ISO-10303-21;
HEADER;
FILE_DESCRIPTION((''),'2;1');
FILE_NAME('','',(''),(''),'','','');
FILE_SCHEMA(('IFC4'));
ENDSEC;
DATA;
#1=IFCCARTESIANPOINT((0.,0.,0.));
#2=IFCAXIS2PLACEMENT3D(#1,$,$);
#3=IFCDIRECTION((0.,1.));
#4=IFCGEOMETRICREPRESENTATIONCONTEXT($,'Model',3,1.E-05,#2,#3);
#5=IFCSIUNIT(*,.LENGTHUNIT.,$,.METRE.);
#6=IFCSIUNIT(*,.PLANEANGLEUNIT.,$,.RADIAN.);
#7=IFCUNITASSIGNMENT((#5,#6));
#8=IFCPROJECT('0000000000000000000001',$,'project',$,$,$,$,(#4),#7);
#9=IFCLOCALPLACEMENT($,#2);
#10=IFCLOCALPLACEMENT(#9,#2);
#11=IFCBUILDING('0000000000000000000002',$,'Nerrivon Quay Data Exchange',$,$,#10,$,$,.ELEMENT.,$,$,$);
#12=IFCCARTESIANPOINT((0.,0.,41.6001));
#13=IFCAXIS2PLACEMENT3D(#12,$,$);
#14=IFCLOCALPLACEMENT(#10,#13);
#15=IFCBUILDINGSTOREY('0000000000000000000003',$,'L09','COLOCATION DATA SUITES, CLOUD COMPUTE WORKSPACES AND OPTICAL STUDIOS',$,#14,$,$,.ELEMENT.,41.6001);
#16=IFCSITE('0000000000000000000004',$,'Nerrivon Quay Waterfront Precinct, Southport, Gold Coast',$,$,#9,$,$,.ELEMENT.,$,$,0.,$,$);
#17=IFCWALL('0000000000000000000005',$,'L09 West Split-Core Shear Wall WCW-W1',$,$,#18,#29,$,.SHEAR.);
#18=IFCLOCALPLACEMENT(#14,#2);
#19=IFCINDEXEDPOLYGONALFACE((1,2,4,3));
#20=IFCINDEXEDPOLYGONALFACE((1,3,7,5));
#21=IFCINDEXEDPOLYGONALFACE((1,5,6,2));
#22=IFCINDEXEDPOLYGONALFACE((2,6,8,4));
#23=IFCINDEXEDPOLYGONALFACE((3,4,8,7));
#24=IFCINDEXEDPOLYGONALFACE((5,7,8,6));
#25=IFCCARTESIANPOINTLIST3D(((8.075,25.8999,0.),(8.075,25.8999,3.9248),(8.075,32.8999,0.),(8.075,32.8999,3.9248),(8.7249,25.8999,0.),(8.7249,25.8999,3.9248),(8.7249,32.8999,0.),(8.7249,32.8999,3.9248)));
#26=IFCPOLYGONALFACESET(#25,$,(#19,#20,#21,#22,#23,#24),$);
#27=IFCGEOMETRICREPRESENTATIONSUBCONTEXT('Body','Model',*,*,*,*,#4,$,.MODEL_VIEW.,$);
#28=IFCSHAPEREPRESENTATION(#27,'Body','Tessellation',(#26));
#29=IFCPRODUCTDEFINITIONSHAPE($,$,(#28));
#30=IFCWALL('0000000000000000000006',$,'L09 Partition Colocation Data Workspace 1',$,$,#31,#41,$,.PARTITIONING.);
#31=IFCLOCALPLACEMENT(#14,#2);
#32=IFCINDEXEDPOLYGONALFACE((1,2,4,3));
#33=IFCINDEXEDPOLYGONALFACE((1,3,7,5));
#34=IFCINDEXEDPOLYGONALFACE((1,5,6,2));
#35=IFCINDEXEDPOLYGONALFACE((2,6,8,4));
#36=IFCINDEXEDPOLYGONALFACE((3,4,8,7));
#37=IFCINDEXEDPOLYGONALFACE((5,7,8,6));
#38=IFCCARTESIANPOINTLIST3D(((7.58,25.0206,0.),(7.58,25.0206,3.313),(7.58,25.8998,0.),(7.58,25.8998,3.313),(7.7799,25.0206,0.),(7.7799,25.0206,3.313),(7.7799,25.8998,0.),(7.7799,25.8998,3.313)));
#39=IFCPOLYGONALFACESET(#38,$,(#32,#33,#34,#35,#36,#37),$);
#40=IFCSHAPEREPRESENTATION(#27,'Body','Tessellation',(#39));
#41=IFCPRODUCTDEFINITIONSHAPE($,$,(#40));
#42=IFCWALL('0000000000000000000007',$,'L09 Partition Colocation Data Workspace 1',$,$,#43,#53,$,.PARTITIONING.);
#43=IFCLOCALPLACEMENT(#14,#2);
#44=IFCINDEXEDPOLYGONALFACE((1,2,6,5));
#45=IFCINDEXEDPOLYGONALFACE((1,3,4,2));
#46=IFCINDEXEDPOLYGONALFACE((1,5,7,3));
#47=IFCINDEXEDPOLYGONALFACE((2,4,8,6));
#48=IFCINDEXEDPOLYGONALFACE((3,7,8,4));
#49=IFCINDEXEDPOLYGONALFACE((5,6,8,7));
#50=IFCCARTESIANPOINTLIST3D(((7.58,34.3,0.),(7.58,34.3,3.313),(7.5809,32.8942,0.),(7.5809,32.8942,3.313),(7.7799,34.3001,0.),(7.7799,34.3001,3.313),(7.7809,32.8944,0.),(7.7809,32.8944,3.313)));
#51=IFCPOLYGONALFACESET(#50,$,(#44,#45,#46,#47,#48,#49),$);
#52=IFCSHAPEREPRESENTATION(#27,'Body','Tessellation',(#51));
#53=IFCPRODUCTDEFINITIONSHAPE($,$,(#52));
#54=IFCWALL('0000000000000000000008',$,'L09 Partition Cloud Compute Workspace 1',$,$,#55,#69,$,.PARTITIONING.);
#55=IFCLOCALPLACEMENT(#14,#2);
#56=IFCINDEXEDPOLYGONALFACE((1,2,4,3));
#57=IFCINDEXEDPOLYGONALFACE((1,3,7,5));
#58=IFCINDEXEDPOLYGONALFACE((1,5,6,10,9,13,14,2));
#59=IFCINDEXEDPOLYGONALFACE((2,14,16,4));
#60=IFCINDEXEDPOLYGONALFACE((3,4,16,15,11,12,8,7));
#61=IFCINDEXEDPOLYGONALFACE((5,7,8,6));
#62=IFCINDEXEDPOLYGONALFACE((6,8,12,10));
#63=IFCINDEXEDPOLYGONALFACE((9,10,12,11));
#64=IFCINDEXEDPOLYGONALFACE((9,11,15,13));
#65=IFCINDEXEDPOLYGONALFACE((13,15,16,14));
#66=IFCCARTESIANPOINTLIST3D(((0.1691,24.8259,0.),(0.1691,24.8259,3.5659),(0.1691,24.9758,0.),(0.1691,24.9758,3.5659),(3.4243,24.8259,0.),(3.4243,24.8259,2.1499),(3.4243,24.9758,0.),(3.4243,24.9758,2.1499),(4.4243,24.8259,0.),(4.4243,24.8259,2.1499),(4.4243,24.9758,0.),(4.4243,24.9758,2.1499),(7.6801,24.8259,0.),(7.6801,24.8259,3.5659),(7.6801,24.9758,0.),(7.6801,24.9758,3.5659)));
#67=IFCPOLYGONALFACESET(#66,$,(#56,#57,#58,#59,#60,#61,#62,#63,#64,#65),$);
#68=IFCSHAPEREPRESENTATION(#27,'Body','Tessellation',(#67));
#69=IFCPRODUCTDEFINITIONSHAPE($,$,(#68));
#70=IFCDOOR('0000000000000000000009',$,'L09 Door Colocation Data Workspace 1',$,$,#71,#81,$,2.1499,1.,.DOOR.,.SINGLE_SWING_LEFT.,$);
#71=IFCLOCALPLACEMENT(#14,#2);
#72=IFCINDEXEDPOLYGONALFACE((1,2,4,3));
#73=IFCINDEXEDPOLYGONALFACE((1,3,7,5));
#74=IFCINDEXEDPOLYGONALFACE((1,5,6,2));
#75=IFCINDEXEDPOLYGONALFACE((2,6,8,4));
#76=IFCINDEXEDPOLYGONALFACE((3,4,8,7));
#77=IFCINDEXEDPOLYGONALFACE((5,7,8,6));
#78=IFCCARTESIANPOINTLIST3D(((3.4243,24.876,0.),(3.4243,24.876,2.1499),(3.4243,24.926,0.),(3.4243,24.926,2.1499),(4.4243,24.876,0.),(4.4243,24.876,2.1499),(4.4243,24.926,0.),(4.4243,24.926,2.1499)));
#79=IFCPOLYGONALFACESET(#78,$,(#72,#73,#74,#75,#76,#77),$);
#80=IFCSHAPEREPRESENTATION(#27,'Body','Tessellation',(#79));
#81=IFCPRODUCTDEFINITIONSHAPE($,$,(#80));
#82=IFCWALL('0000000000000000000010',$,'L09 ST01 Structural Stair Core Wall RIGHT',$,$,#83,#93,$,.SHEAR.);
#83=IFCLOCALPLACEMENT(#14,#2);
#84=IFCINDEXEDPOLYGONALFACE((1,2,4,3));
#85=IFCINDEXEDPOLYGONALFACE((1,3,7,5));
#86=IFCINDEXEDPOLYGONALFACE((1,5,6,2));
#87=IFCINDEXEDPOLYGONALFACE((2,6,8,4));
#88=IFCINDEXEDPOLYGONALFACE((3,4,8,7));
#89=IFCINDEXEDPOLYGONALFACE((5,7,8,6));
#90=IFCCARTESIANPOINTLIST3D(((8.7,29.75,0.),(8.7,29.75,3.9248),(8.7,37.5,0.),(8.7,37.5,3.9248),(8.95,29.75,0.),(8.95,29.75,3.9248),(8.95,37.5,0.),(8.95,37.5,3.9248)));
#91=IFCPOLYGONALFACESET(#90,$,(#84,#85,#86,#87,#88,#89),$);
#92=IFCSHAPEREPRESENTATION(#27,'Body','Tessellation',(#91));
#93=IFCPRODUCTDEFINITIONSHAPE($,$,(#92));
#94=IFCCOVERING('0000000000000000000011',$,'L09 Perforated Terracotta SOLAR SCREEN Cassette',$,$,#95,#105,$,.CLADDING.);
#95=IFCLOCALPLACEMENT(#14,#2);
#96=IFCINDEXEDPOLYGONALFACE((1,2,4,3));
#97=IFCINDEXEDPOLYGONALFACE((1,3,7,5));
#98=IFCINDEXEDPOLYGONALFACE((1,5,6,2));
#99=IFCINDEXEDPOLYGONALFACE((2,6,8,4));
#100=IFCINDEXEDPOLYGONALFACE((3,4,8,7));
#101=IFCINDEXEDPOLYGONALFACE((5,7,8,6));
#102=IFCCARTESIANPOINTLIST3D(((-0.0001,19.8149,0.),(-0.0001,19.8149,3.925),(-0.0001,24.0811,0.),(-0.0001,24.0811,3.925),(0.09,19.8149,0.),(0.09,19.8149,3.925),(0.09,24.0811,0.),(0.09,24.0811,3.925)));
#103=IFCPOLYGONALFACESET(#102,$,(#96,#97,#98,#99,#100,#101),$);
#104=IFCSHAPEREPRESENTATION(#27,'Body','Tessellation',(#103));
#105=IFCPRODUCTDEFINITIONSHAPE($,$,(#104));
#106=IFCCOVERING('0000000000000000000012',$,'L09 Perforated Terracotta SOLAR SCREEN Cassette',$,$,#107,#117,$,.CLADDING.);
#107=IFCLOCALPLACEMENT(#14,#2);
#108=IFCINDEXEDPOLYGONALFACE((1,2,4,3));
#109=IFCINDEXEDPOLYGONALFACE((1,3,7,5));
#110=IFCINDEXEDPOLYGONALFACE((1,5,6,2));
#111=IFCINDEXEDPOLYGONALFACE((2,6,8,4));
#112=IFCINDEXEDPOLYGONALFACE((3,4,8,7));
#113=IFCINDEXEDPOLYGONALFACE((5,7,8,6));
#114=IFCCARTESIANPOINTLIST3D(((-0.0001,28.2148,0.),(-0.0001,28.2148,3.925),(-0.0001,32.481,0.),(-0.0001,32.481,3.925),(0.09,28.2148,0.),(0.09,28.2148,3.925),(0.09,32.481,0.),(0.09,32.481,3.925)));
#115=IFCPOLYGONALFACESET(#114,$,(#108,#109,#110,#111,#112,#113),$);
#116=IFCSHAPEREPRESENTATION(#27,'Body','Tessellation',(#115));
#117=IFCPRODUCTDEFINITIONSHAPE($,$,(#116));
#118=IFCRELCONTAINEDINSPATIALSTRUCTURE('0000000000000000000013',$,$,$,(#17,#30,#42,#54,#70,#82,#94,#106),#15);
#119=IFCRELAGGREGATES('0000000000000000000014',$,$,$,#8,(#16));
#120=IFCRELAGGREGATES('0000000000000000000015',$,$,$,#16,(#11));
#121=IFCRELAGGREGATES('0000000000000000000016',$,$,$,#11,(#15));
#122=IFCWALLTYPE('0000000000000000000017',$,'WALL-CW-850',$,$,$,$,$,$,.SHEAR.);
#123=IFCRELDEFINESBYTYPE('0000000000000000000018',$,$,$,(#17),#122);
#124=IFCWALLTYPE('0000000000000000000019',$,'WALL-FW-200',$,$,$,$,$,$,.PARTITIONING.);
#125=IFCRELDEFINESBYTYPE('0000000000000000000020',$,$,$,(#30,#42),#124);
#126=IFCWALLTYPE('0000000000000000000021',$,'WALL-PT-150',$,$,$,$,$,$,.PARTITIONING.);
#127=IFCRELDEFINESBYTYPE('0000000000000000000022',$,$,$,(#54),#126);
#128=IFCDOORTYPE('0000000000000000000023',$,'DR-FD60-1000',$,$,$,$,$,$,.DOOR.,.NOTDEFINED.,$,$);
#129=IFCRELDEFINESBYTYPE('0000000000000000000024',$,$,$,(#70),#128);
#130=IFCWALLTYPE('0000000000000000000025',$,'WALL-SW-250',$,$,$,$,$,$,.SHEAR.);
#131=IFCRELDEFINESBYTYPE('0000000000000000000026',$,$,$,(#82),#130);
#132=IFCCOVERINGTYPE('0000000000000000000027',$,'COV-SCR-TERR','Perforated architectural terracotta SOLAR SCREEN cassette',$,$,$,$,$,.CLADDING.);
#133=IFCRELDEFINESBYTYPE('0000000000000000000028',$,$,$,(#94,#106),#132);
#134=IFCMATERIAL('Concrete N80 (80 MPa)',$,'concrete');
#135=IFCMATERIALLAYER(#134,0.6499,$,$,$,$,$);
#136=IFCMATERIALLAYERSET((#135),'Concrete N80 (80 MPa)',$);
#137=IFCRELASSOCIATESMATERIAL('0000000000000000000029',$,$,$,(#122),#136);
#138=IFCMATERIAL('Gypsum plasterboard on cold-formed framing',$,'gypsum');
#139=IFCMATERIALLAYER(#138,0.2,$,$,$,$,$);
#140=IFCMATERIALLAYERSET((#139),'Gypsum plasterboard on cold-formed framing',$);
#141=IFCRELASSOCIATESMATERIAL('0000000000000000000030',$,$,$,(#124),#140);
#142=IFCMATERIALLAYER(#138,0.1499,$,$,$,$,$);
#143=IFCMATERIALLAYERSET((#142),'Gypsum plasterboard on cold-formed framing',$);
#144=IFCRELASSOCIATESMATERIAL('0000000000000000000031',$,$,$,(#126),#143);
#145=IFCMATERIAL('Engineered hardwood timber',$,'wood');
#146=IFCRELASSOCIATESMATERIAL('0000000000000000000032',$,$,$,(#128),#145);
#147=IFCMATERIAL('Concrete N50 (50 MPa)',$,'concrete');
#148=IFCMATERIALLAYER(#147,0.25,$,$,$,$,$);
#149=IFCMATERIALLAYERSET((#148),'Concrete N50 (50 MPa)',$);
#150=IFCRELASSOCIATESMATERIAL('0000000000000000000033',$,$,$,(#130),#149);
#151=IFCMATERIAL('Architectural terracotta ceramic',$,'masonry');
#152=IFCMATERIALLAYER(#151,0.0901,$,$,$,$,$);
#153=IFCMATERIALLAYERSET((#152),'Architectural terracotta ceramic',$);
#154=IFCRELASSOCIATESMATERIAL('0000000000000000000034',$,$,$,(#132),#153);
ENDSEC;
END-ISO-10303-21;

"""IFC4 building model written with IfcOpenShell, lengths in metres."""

from ifc_helpers import new_model, si_unit, direction, frame, frame_2d, origin, origin_2d, place, context, subcontext, project, spatial, rectangle, extrude, material, layer, layer_set, type_object, element, fill, save


model = new_model("IFC4")

# Units and contexts
model_context = context("Model", 3, precision=1e-05, world=origin(), true_north=direction((0.0, 1.0)))
body_context = subcontext(model_context, "Body", "Model", "MODEL_VIEW")
ifc_project = project(units=[si_unit("LENGTHUNIT", "METRE"), si_unit("PLANEANGLEUNIT", "RADIAN")], contexts=[model_context])

# Site, building, storey
site_placement = place(None, origin())
site = spatial("IfcSite", under=ifc_project, at=site_placement, Name="Nerrivon Quay Waterfront Precinct, Southport, Gold Coast", CompositionType="ELEMENT", RefElevation=0.0)
building_placement = place(site_placement, origin())
building = spatial("IfcBuilding", under=site, at=building_placement, Name="Nerrivon Quay Data Exchange", CompositionType="ELEMENT")
storey_placement = place(building_placement, frame((0.0, 0.0, 41.6001)))
storey = spatial("IfcBuildingStorey", under=building, at=storey_placement, Name="L09", Description="COLOCATION DATA SUITES, CLOUD COMPUTE WORKSPACES AND OPTICAL STUDIOS", CompositionType="ELEMENT", Elevation=41.6001)

# Shared definitions
ifc_material_1 = material(Name="Concrete N80 (80 MPa)", Category="concrete")

# Walls
ifc_layer_1 = layer(ifc_material_1, 0.6499)
ifc_layer_set_1 = layer_set([ifc_layer_1], Name="Concrete N80 (80 MPa)")
wall_type_1 = type_object("IfcWallType", Name="WALL-CW-850", PredefinedType="SHEAR", material=ifc_layer_set_1)
wall_1_placement = place(storey_placement, frame((8.3999, 25.8999, 0.0), z_axis=(0.0, 0.0, 1.0), x_axis=(0.0, 1.0, 0.0)))
element("IfcWall", 1, at=wall_1_placement, inside=storey, type_object=wall_type_1, Name="L09 West Split-Core Shear Wall WCW-W1", PredefinedType="SHEAR", context=body_context, shape_type="SweptSolid", body=[
    extrude(rectangle(XDim=7.0, YDim=0.6499, at=frame_2d((3.5, 0.0))), origin(), (0.0, 0.0, 1.0), 3.9248),
])
ifc_material_2 = material(Name="Gypsum plasterboard on cold-formed framing", Category="gypsum")
ifc_layer_2 = layer(ifc_material_2, 0.2)
ifc_layer_set_2 = layer_set([ifc_layer_2], Name="Gypsum plasterboard on cold-formed framing")
wall_type_2 = type_object("IfcWallType", Name="WALL-FW-200", PredefinedType="PARTITIONING", material=ifc_layer_set_2)
wall_2_placement = place(storey_placement, frame((7.6799, 25.0208, 0.0), z_axis=(0.0, 0.0, 1.0), x_axis=(0.0, 1.0, 0.0)))
element("IfcWall", 2, at=wall_2_placement, inside=storey, type_object=wall_type_2, Name="L09 Partition Colocation Data Workspace 1", PredefinedType="PARTITIONING", context=body_context, shape_type="SweptSolid", body=[
    extrude(rectangle(XDim=0.8792, YDim=0.2, at=frame_2d((0.4395, 0.0))), origin(), (0.0, 0.0, 1.0), 3.313),
])
wall_3_placement = place(storey_placement, frame((7.6809, 32.8943, 0.0), z_axis=(0.0, 0.0, 1.0), x_axis=(-0.000695, 1.0, 0.0)))
element("IfcWall", 3, at=wall_3_placement, inside=storey, type_object=wall_type_2, Name="L09 Partition Colocation Data Workspace 1", PredefinedType="PARTITIONING", context=body_context, shape_type="SweptSolid", body=[
    extrude(rectangle(XDim=1.4058, YDim=0.2, at=frame_2d((0.7029, 0.0))), origin(), (0.0, 0.0, 1.0), 3.313),
])

# Wall, opening, door
ifc_layer_3 = layer(ifc_material_2, 0.1499)
ifc_layer_set_3 = layer_set([ifc_layer_3], Name="Gypsum plasterboard on cold-formed framing")
wall_type_3 = type_object("IfcWallType", Name="WALL-PT-150", PredefinedType="PARTITIONING", material=ifc_layer_set_3)
wall_4_placement = place(storey_placement, frame((7.6799, 24.9009, 0.0), z_axis=(0.0, 0.0, 1.0), x_axis=(-1.0, 0.0, 0.0)))
wall_4 = element("IfcWall", 4, at=wall_4_placement, inside=storey, type_object=wall_type_3, Name="L09 Partition Cloud Compute Workspace 1", PredefinedType="PARTITIONING", context=body_context, shape_type="SweptSolid", body=[
    extrude(rectangle(XDim=7.511, YDim=0.1499, at=frame_2d((3.7554, 0.0))), origin(), (0.0, 0.0, 1.0), 3.5659),
])
opening_placement = place(wall_4_placement, frame((3.2556, 0.0, 0.0)))
opening = element("IfcOpeningElement", 5, at=opening_placement, cuts=wall_4, PredefinedType="OPENING", context=body_context, shape_type="SweptSolid", body=[
    extrude(rectangle(XDim=1.0, YDim=2.1499, at=frame_2d((0.5, 1.075))), frame((0.0, 0.085, 0.0), z_axis=(0.0, -1.0, 0.0), x_axis=(1.0, 0.0, 0.0)), (0.0, 0.0, 1.0), 0.1699),
])
ifc_material_3 = material(Name="Engineered hardwood timber", Category="wood")
door_type = type_object("IfcDoorType", Name="DR-FD60-1000", OperationType="NOTDEFINED", PredefinedType="DOOR", material=ifc_material_3)
door_placement = place(opening_placement, origin())
door = element("IfcDoor", 6, at=door_placement, inside=storey, type_object=door_type, Name="L09 Door Colocation Data Workspace 1", OperationType="SINGLE_SWING_LEFT", OverallHeight=2.1499, OverallWidth=1.0, PredefinedType="DOOR", context=body_context, shape_type="SweptSolid", body=[
    extrude(rectangle(XDim=1.0, YDim=2.1499, at=frame_2d((0.5, 1.075))), frame((0.0, 0.0249, 0.0), z_axis=(0.0, -1.0, 0.0), x_axis=(1.0, 0.0, 0.0)), (0.0, 0.0, 1.0), 0.05),
])
fill(opening, door)

# Wall
ifc_material_4 = material(Name="Concrete N50 (50 MPa)", Category="concrete")
ifc_layer_4 = layer(ifc_material_4, 0.25)
ifc_layer_set_4 = layer_set([ifc_layer_4], Name="Concrete N50 (50 MPa)")
wall_type_4 = type_object("IfcWallType", Name="WALL-SW-250", PredefinedType="SHEAR", material=ifc_layer_set_4)
wall_5_placement = place(storey_placement, frame((8.825, 29.75, 0.0), z_axis=(0.0, 0.0, 1.0), x_axis=(0.0, 1.0, 0.0)))
element("IfcWall", 7, at=wall_5_placement, inside=storey, type_object=wall_type_4, Name="L09 ST01 Structural Stair Core Wall RIGHT", PredefinedType="SHEAR", context=body_context, shape_type="SweptSolid", body=[
    extrude(rectangle(XDim=7.75, YDim=0.25, at=frame_2d((3.875, 0.0))), origin(), (0.0, 0.0, 1.0), 3.9248),
])

# Coverings
ifc_material_5 = material(Name="Architectural terracotta ceramic", Category="masonry")
ifc_layer_5 = layer(ifc_material_5, 0.0901)
ifc_layer_set_5 = layer_set([ifc_layer_5], Name="Architectural terracotta ceramic")
covering_type = type_object("IfcCoveringType", Name="COV-SCR-TERR", Description="Perforated architectural terracotta SOLAR SCREEN cassette", PredefinedType="CLADDING", material=ifc_layer_set_5)
for number, where, z_axis, x_axis, name in (
    (8, (0.0449, 21.948, 0.0), (0.0, 0.0, 1.0), (0.0, 1.0, 0.0), "L09 Perforated Terracotta SOLAR SCREEN Cassette"),
    (9, (0.0449, 30.3479, 0.0), (0.0, 0.0, 1.0), (0.0, 1.0, 0.0), "L09 Perforated Terracotta SOLAR SCREEN Cassette"),
):
    element("IfcCovering", number, at=place(storey_placement, frame(where, z_axis=z_axis, x_axis=x_axis)), inside=storey, type_object=covering_type, Name=name, PredefinedType="CLADDING", context=body_context, shape_type="SweptSolid", body=[
        extrude(rectangle(XDim=4.2661, YDim=0.0901, at=origin_2d()), origin(), (0.0, 0.0, 1.0), 3.925),
    ])

save(model, "model.ifc")
